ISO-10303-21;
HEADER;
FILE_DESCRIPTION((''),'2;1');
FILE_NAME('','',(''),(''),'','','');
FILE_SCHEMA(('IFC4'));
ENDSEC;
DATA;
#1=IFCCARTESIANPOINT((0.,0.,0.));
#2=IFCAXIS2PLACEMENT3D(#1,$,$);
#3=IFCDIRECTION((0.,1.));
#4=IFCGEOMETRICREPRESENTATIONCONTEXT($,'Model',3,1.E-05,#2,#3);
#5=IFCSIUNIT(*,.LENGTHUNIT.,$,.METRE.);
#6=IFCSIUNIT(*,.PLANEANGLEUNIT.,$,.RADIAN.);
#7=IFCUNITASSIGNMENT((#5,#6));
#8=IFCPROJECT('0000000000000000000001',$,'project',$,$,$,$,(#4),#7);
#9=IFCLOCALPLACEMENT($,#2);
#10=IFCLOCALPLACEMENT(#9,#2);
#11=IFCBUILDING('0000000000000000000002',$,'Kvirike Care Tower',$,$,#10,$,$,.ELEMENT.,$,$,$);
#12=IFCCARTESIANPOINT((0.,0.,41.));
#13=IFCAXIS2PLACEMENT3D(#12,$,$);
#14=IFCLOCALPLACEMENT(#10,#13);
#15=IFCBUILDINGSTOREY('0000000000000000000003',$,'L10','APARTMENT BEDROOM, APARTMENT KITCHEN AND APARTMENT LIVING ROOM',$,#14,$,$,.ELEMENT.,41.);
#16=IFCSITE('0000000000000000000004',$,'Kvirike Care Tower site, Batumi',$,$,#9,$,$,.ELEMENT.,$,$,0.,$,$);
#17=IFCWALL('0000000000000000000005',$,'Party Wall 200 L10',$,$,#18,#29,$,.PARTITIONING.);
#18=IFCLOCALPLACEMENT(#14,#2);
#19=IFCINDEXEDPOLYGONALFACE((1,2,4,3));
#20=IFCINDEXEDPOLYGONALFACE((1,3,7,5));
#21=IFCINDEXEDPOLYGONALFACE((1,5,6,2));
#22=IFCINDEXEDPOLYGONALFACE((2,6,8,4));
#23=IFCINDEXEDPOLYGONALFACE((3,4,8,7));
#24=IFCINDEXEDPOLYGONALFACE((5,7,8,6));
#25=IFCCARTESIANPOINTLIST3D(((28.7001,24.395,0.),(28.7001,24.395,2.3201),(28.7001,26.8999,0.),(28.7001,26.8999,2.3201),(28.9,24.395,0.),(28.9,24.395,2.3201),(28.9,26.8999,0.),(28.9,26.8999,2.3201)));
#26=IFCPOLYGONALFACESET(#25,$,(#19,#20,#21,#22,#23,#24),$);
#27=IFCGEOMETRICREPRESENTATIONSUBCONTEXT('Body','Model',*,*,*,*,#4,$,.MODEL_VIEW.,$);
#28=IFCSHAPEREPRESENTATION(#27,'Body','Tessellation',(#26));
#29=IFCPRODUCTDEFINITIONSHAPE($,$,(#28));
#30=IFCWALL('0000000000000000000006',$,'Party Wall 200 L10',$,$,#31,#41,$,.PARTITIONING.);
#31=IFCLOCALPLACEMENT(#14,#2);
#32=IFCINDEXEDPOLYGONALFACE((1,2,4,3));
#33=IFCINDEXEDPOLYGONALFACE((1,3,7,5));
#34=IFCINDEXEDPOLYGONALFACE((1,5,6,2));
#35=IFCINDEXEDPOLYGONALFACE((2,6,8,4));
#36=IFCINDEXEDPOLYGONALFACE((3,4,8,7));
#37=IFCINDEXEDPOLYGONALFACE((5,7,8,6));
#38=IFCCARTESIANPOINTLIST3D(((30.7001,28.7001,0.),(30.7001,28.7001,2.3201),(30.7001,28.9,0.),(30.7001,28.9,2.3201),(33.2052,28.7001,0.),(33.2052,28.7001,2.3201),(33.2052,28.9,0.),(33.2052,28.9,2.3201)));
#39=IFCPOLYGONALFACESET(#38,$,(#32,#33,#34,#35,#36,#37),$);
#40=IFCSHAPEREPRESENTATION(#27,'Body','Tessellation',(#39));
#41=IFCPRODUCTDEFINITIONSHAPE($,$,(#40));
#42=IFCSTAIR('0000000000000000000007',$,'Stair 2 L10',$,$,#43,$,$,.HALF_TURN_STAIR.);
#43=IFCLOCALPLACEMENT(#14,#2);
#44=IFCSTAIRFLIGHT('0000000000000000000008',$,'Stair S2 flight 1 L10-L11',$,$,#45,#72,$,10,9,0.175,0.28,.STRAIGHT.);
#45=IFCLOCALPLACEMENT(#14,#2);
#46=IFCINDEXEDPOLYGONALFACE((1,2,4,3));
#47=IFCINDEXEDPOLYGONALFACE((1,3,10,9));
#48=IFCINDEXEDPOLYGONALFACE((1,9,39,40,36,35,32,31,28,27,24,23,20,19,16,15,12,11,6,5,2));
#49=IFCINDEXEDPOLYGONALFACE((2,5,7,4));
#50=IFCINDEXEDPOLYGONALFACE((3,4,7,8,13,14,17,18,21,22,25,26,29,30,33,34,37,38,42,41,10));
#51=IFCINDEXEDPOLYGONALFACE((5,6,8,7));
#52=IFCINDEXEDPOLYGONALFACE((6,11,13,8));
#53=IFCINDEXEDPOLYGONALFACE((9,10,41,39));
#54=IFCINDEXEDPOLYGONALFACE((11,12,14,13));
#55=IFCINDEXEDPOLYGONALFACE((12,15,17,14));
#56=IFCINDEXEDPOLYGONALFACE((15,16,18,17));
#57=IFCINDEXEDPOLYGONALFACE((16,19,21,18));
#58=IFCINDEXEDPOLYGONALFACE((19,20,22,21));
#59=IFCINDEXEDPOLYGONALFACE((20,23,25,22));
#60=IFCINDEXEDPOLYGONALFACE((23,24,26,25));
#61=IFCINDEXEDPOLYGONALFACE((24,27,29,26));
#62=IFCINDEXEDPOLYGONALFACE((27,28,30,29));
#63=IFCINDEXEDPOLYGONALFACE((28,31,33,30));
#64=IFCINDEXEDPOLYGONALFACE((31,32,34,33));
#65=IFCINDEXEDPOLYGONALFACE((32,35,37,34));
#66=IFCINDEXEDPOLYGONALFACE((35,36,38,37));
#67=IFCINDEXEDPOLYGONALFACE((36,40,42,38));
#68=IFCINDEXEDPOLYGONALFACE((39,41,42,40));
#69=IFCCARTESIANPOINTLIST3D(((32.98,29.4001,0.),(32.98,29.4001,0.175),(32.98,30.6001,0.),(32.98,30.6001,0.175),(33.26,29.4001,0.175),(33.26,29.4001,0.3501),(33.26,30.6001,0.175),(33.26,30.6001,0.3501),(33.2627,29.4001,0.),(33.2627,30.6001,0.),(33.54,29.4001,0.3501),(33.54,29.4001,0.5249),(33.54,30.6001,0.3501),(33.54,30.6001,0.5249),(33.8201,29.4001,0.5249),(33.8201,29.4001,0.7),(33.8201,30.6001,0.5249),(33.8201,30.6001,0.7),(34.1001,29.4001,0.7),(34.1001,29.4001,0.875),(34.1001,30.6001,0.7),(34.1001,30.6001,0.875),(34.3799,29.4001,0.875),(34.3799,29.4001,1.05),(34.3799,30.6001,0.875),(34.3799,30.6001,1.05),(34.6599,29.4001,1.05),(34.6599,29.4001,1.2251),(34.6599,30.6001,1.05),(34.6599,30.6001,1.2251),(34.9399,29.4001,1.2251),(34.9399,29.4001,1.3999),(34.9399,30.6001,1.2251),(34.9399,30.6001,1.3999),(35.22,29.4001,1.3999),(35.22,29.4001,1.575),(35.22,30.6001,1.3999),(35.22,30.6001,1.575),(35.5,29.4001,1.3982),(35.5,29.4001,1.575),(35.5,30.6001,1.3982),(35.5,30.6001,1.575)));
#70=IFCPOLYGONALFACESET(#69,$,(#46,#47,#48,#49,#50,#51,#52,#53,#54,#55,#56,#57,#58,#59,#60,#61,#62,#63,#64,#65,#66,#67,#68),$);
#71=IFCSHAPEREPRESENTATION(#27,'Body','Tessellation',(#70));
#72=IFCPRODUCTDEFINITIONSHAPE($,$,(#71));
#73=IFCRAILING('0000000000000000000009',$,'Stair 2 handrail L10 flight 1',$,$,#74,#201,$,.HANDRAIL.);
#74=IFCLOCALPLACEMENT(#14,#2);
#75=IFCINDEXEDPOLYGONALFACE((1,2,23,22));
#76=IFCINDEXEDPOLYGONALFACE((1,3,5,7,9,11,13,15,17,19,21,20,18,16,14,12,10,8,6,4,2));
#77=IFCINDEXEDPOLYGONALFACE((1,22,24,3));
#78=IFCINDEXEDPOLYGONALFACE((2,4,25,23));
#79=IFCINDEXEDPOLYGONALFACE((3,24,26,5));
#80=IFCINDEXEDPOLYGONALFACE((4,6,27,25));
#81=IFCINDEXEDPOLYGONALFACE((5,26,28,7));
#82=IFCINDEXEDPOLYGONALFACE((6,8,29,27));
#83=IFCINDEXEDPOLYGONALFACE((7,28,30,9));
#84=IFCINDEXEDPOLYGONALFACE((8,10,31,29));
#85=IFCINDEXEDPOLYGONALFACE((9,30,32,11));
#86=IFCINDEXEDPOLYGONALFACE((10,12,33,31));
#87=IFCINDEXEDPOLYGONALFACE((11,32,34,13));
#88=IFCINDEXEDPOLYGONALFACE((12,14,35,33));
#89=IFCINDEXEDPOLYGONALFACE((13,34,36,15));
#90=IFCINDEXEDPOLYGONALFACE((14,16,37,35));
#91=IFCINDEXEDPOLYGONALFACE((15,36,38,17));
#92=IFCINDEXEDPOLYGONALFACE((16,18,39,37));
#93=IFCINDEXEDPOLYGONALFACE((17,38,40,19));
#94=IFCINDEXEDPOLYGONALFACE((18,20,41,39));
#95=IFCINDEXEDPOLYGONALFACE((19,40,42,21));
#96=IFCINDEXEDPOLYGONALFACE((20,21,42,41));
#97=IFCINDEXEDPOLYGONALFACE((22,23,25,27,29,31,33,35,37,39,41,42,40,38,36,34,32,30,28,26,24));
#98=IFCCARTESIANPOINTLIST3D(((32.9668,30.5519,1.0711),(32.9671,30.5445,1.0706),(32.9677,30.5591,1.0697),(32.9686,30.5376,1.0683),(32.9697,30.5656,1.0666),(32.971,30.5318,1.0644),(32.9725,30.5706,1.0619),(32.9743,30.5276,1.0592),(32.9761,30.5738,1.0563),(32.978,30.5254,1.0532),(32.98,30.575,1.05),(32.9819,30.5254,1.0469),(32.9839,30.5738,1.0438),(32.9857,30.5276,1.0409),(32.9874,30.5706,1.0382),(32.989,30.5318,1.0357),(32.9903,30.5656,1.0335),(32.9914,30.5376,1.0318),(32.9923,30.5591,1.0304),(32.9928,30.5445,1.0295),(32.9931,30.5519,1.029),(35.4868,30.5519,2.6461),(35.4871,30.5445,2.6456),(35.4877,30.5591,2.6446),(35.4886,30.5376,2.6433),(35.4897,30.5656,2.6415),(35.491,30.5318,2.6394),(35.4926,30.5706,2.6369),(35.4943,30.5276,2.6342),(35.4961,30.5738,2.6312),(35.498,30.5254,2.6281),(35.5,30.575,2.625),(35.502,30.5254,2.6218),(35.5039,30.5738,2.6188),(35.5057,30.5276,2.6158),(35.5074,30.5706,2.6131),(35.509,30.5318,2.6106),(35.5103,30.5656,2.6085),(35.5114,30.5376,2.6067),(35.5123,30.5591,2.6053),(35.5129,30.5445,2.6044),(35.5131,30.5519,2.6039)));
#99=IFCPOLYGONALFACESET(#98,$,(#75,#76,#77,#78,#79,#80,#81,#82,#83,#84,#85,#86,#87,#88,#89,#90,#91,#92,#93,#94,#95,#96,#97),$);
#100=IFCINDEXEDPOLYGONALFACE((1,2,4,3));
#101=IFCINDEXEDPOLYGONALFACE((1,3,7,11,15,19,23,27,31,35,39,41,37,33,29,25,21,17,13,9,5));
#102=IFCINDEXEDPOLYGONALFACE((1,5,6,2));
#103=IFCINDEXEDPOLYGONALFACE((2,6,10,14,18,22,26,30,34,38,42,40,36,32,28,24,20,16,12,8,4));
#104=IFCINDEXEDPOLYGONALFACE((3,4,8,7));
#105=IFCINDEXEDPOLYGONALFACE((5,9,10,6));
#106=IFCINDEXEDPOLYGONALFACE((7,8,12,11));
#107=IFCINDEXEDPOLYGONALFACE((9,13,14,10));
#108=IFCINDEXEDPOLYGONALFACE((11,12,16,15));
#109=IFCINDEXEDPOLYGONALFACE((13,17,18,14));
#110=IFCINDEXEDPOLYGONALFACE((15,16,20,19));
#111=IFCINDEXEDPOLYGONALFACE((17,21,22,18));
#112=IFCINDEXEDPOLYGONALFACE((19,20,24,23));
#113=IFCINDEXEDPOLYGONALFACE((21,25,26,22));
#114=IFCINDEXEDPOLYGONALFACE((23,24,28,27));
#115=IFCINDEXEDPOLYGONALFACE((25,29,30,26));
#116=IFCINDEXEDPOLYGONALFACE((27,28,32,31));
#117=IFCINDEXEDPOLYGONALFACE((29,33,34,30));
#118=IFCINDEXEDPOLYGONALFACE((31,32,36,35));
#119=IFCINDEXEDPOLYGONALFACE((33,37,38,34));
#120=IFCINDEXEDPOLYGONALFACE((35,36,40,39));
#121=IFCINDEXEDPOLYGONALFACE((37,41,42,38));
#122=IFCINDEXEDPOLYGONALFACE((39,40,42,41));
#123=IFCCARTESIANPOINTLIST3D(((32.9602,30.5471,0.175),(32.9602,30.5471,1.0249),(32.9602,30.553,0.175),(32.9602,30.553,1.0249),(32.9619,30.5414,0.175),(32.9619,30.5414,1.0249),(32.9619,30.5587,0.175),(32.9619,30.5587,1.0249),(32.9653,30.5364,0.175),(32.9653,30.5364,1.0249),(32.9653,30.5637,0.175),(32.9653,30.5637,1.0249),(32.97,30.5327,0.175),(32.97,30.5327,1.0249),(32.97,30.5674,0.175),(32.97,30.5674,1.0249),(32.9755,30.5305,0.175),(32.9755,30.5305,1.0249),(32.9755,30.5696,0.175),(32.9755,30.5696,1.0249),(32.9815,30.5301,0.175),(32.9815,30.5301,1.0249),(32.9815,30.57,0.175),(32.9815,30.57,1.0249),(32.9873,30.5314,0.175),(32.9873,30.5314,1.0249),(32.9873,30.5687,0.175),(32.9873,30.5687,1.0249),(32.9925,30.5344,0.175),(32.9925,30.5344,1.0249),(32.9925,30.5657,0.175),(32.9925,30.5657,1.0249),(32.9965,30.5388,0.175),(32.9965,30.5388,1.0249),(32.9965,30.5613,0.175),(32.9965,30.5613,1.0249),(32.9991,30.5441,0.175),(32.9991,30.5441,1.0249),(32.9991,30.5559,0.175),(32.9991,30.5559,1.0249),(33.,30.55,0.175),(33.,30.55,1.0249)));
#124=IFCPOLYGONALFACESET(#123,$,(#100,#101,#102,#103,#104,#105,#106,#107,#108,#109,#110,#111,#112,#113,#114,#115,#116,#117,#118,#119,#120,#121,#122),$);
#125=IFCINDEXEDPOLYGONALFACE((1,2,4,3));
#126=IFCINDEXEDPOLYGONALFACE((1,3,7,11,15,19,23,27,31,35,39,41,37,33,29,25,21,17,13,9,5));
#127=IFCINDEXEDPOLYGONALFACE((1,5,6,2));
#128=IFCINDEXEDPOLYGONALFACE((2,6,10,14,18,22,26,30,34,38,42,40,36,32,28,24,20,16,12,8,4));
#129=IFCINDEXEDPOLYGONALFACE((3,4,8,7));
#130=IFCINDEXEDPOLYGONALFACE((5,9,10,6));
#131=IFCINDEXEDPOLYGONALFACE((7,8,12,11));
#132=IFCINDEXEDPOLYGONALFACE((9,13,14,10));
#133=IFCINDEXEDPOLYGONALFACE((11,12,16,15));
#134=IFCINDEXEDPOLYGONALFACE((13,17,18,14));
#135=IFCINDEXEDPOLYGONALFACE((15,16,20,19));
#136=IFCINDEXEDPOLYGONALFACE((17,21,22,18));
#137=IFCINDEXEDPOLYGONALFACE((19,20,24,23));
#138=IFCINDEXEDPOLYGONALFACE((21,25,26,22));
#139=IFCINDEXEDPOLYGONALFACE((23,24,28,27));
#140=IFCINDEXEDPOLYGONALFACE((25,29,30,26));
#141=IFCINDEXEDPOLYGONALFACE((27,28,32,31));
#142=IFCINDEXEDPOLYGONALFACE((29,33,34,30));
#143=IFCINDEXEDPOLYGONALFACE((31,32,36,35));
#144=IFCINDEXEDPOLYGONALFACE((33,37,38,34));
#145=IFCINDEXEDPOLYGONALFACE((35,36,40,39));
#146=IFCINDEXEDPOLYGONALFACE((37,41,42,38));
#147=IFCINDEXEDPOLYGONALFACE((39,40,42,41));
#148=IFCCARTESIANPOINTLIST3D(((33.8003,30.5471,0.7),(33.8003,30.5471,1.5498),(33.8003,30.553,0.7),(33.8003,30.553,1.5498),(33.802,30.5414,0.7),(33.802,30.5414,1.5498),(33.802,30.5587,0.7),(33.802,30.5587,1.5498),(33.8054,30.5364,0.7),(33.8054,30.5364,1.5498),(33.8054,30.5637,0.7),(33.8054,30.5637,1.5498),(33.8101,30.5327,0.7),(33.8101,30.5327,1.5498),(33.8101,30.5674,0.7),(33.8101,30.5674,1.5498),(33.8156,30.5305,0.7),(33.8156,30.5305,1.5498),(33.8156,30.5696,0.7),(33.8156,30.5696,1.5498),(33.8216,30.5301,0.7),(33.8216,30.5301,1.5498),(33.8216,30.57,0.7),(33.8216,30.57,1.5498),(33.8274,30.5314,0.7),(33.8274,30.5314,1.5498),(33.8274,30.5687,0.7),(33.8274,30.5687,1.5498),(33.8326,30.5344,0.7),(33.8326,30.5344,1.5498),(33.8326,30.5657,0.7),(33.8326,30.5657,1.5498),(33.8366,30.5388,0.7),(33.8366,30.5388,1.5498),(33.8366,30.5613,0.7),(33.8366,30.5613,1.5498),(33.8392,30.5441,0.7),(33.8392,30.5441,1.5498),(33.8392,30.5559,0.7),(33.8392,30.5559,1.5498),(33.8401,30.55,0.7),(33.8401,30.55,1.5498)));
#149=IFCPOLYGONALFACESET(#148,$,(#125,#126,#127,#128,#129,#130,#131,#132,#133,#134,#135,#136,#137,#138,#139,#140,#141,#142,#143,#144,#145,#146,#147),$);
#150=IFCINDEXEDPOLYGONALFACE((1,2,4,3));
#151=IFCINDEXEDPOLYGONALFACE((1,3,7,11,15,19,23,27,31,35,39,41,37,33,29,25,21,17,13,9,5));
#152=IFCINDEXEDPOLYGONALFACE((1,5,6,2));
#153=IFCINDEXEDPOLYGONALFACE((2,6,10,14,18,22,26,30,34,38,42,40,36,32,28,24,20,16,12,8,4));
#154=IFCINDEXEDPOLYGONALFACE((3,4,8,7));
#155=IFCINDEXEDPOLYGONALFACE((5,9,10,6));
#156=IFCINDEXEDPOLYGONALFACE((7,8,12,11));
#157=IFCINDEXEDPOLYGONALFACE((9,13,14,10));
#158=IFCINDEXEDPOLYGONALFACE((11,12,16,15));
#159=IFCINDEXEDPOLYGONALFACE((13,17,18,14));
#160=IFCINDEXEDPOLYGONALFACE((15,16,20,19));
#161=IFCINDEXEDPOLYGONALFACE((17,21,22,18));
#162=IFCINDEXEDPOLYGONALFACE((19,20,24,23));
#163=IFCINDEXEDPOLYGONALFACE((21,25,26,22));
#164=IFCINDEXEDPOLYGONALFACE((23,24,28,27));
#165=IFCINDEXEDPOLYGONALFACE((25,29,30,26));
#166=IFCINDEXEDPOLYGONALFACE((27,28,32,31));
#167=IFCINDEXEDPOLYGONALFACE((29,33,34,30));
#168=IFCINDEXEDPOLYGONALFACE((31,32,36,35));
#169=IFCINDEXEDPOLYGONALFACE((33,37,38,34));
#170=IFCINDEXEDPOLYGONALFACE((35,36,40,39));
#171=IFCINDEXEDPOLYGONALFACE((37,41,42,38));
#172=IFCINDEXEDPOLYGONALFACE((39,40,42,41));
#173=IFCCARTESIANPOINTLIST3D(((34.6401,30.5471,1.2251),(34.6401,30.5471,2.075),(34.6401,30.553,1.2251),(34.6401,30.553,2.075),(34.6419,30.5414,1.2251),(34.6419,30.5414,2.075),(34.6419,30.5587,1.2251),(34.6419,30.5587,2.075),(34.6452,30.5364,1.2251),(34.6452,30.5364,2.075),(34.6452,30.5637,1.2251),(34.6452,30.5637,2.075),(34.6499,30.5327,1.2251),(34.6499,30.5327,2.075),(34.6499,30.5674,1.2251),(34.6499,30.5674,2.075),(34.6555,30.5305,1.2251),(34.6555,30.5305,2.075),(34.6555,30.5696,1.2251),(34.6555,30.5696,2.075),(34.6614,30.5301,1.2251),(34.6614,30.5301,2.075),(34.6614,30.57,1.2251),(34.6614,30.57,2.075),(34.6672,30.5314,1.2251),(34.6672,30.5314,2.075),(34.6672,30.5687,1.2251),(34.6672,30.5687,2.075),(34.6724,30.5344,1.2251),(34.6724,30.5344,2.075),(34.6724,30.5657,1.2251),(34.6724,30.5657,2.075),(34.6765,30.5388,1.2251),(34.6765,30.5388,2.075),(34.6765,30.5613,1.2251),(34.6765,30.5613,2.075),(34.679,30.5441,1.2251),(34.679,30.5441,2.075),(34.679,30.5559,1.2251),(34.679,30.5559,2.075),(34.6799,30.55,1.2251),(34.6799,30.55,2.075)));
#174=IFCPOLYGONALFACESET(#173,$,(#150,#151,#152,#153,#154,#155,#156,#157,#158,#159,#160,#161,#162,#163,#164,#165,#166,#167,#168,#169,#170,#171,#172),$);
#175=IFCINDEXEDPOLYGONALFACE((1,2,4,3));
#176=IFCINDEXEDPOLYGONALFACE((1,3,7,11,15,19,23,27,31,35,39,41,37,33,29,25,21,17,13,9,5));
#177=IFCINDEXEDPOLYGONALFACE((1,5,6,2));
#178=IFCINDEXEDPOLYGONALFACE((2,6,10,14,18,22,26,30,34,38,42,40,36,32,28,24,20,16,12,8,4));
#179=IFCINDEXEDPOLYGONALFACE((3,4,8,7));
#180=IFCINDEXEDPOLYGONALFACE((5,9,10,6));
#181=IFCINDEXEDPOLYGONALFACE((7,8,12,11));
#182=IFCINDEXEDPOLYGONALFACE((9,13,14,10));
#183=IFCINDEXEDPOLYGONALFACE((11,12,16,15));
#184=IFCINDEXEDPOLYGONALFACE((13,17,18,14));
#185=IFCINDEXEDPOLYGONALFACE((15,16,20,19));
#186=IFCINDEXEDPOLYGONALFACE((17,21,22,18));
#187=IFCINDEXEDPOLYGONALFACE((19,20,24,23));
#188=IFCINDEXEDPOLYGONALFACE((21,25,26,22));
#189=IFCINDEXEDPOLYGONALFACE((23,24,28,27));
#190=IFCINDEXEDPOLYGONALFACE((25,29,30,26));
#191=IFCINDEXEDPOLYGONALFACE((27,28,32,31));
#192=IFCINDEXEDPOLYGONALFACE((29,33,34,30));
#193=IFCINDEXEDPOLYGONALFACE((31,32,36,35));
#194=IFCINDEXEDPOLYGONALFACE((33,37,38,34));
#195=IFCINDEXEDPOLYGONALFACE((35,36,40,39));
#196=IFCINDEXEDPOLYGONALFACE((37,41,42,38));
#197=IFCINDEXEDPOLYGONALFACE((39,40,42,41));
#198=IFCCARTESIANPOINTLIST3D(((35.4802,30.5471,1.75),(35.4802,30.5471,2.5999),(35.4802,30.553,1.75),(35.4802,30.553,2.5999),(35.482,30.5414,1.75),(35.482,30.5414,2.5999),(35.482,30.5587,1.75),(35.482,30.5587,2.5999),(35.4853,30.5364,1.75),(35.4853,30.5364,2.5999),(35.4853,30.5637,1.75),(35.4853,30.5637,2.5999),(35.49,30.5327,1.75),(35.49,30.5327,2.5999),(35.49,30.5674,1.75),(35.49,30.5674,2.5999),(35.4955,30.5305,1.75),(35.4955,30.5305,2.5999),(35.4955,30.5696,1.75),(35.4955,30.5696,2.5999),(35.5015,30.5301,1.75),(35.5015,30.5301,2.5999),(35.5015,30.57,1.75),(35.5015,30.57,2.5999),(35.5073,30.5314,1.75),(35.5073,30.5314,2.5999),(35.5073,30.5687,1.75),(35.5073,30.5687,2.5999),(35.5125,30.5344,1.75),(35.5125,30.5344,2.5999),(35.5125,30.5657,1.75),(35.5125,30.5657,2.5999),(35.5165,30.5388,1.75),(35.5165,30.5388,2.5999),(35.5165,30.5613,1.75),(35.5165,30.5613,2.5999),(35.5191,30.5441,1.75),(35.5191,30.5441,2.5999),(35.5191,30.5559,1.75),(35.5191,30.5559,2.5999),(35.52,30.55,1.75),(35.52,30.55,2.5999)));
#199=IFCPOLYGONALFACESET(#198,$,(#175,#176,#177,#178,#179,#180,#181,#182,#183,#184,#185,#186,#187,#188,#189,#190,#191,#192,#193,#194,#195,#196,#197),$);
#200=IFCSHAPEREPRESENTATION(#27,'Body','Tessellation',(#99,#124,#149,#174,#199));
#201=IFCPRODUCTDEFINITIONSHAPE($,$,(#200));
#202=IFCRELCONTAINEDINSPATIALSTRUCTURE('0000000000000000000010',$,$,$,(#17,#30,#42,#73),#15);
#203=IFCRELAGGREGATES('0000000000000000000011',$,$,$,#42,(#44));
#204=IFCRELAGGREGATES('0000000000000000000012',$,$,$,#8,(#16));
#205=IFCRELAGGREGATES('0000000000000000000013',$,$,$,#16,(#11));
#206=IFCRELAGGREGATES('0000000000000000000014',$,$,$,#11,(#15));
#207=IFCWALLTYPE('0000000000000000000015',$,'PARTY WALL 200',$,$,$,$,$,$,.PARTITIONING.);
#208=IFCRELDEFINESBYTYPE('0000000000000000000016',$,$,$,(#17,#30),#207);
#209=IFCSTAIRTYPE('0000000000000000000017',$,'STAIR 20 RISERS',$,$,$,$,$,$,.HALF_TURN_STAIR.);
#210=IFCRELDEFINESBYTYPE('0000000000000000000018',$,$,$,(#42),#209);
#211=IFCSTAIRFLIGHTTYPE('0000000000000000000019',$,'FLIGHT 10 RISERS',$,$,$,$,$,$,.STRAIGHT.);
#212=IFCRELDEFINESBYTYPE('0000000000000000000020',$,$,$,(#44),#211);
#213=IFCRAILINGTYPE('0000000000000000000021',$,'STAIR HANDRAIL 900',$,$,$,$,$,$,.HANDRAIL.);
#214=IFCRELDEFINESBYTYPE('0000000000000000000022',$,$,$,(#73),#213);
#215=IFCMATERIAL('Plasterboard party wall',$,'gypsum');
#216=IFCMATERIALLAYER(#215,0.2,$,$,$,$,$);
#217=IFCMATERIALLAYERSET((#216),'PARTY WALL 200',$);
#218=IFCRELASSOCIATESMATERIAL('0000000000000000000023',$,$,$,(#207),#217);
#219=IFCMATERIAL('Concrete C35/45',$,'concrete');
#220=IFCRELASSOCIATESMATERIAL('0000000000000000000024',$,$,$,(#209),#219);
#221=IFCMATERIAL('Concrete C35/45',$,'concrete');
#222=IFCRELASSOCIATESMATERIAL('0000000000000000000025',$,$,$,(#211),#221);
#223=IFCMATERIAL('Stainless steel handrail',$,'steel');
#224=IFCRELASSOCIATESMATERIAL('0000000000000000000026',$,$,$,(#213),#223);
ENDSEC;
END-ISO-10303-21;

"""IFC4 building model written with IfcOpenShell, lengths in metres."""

from ifc_helpers import new_model, si_unit, direction, frame, frame_2d, origin, origin_2d, place, context, subcontext, project, spatial, polyline, rectangle, circle, outline, extrude, material, layer, layer_set, type_object, element, aggregate, save


model = new_model("IFC4")

# Units and contexts
model_context = context("Model", 3, precision=1e-05, world=origin(), true_north=direction((0.0, 1.0)))
body_context = subcontext(model_context, "Body", "Model", "MODEL_VIEW")
ifc_project = project(units=[si_unit("LENGTHUNIT", "METRE"), si_unit("PLANEANGLEUNIT", "RADIAN")], contexts=[model_context])

# Site, building, storey
site_placement = place(None, origin())
site = spatial("IfcSite", under=ifc_project, at=site_placement, Name="Kvirike Care Tower site, Batumi", CompositionType="ELEMENT", RefElevation=0.0)
building_placement = place(site_placement, origin())
building = spatial("IfcBuilding", under=site, at=building_placement, Name="Kvirike Care Tower", CompositionType="ELEMENT")
storey_placement = place(building_placement, frame((0.0, 0.0, 41.0)))
storey = spatial("IfcBuildingStorey", under=building, at=storey_placement, Name="L10", Description="APARTMENT BEDROOM, APARTMENT KITCHEN AND APARTMENT LIVING ROOM", CompositionType="ELEMENT", Elevation=41.0)

# Walls
ifc_material_1 = material(Name="Plasterboard party wall", Category="gypsum")
ifc_layer_1 = layer(ifc_material_1, 0.2)
ifc_layer_set_1 = layer_set([ifc_layer_1], Name="PARTY WALL 200")
wall_type_1 = type_object("IfcWallType", Name="PARTY WALL 200", PredefinedType="PARTITIONING", material=ifc_layer_set_1)
wall_1_placement = place(storey_placement, frame((28.8, 24.395, 0.0), z_axis=(0.0, 0.0, 1.0), x_axis=(0.0, 1.0, 0.0)))
element("IfcWall", 1, at=wall_1_placement, inside=storey, type_object=wall_type_1, Name="Party Wall 200 L10", PredefinedType="PARTITIONING", context=body_context, shape_type="SweptSolid", body=[
    extrude(rectangle(XDim=2.5049, YDim=0.2, at=frame_2d((1.2524, 0.0))), origin(), (0.0, 0.0, 1.0), 2.3201),
])
wall_2_placement = place(storey_placement, frame((33.2051, 28.8, 0.0), z_axis=(0.0, 0.0, 1.0), x_axis=(-1.0, 0.0, 0.0)))
element("IfcWall", 2, at=wall_2_placement, inside=storey, type_object=wall_type_1, Name="Party Wall 200 L10", PredefinedType="PARTITIONING", context=body_context, shape_type="SweptSolid", body=[
    extrude(rectangle(XDim=2.5051, YDim=0.2, at=frame_2d((1.2524, 0.0))), origin(), (0.0, 0.0, 1.0), 2.3201),
])

# Stair, stair flight
ifc_material_2 = material(Name="Concrete C35/45", Category="concrete")
stair_type = type_object("IfcStairType", Name="STAIR 20 RISERS", PredefinedType="HALF_TURN_STAIR", material=ifc_material_2)
stair_placement = place(storey_placement, origin())
stair = element("IfcStair", 3, at=stair_placement, inside=storey, type_object=stair_type, Name="Stair 2 L10", PredefinedType="HALF_TURN_STAIR")
ifc_material_3 = material(Name="Concrete C35/45", Category="concrete")
stair_flight_type = type_object("IfcStairFlightType", Name="FLIGHT 10 RISERS", PredefinedType="STRAIGHT", material=ifc_material_3)
stair_flight_placement = place(storey_placement, frame((32.98, 30.0, 0.0), z_axis=(0.0, 0.0, 1.0), x_axis=(1.0, 0.0, 0.0)))
stair_flight = element("IfcStairFlight", 4, at=stair_flight_placement, type_object=stair_flight_type, Name="Stair S2 flight 1 L10-L11", NumberOfRisers=10, NumberOfTreads=9, PredefinedType="STRAIGHT", RiserHeight=0.175, TreadLength=0.28, context=body_context, shape_type="SweptSolid", body=[
    extrude(outline(polyline([(0.0, 0.0), (0.0, 0.175), (0.28, 0.175), (0.28, 0.3501), (0.5601, 0.3501), (0.5601, 0.5249), (0.8401, 0.5249), (0.8401, 0.7), (1.1201, 0.7), (1.1201, 0.875), (1.3999, 0.875), (1.3999, 1.05), (1.6799, 1.05), (1.6799, 1.2251), (1.96, 1.2251), (1.96, 1.3999), (2.24, 1.3999), (2.24, 1.575), (2.52, 1.575), (2.52, 1.75), (2.52, 1.3982), (0.2827, 0.0), (0.0, 0.0)])), frame((0.0, 0.6001, 0.0), z_axis=(0.0, -1.0, 0.0), x_axis=(1.0, 0.0, 0.0)), (0.0, 0.0, 1.0), 1.2),
])
aggregate(stair, [stair_flight])

# Railing
ifc_material_4 = material(Name="Stainless steel handrail", Category="steel")
railing_type = type_object("IfcRailingType", Name="STAIR HANDRAIL 900", PredefinedType="HANDRAIL", material=ifc_material_4)
railing_placement = place(storey_placement, frame((32.98, 30.55, 0.175)))
element("IfcRailing", 5, at=railing_placement, inside=storey, type_object=railing_type, Name="Stair 2 handrail L10 flight 1", PredefinedType="HANDRAIL", context=body_context, shape_type="SweptSolid", body=[
    extrude(circle(Radius=0.0249, at=origin_2d()), frame((0.0, 0.0, 0.875), z_axis=(0.848008, 0.0, 0.529984), x_axis=(0.0, 1.0, 0.0)), (0.0, 0.0, 1.0), 2.9717),
    extrude(circle(Radius=0.02, at=origin_2d()), origin(), (0.0, 0.0, 1.0), 0.8499),
    extrude(circle(Radius=0.02, at=origin_2d()), frame((0.8401, 0.0, 0.5249)), (0.0, 0.0, 1.0), 0.8499),
    extrude(circle(Radius=0.02, at=origin_2d()), frame((1.6799, 0.0, 1.05)), (0.0, 0.0, 1.0), 0.8499),
    extrude(circle(Radius=0.02, at=origin_2d()), frame((2.52, 0.0, 1.575)), (0.0, 0.0, 1.0), 0.8499),
])

save(model, "model.ifc")
